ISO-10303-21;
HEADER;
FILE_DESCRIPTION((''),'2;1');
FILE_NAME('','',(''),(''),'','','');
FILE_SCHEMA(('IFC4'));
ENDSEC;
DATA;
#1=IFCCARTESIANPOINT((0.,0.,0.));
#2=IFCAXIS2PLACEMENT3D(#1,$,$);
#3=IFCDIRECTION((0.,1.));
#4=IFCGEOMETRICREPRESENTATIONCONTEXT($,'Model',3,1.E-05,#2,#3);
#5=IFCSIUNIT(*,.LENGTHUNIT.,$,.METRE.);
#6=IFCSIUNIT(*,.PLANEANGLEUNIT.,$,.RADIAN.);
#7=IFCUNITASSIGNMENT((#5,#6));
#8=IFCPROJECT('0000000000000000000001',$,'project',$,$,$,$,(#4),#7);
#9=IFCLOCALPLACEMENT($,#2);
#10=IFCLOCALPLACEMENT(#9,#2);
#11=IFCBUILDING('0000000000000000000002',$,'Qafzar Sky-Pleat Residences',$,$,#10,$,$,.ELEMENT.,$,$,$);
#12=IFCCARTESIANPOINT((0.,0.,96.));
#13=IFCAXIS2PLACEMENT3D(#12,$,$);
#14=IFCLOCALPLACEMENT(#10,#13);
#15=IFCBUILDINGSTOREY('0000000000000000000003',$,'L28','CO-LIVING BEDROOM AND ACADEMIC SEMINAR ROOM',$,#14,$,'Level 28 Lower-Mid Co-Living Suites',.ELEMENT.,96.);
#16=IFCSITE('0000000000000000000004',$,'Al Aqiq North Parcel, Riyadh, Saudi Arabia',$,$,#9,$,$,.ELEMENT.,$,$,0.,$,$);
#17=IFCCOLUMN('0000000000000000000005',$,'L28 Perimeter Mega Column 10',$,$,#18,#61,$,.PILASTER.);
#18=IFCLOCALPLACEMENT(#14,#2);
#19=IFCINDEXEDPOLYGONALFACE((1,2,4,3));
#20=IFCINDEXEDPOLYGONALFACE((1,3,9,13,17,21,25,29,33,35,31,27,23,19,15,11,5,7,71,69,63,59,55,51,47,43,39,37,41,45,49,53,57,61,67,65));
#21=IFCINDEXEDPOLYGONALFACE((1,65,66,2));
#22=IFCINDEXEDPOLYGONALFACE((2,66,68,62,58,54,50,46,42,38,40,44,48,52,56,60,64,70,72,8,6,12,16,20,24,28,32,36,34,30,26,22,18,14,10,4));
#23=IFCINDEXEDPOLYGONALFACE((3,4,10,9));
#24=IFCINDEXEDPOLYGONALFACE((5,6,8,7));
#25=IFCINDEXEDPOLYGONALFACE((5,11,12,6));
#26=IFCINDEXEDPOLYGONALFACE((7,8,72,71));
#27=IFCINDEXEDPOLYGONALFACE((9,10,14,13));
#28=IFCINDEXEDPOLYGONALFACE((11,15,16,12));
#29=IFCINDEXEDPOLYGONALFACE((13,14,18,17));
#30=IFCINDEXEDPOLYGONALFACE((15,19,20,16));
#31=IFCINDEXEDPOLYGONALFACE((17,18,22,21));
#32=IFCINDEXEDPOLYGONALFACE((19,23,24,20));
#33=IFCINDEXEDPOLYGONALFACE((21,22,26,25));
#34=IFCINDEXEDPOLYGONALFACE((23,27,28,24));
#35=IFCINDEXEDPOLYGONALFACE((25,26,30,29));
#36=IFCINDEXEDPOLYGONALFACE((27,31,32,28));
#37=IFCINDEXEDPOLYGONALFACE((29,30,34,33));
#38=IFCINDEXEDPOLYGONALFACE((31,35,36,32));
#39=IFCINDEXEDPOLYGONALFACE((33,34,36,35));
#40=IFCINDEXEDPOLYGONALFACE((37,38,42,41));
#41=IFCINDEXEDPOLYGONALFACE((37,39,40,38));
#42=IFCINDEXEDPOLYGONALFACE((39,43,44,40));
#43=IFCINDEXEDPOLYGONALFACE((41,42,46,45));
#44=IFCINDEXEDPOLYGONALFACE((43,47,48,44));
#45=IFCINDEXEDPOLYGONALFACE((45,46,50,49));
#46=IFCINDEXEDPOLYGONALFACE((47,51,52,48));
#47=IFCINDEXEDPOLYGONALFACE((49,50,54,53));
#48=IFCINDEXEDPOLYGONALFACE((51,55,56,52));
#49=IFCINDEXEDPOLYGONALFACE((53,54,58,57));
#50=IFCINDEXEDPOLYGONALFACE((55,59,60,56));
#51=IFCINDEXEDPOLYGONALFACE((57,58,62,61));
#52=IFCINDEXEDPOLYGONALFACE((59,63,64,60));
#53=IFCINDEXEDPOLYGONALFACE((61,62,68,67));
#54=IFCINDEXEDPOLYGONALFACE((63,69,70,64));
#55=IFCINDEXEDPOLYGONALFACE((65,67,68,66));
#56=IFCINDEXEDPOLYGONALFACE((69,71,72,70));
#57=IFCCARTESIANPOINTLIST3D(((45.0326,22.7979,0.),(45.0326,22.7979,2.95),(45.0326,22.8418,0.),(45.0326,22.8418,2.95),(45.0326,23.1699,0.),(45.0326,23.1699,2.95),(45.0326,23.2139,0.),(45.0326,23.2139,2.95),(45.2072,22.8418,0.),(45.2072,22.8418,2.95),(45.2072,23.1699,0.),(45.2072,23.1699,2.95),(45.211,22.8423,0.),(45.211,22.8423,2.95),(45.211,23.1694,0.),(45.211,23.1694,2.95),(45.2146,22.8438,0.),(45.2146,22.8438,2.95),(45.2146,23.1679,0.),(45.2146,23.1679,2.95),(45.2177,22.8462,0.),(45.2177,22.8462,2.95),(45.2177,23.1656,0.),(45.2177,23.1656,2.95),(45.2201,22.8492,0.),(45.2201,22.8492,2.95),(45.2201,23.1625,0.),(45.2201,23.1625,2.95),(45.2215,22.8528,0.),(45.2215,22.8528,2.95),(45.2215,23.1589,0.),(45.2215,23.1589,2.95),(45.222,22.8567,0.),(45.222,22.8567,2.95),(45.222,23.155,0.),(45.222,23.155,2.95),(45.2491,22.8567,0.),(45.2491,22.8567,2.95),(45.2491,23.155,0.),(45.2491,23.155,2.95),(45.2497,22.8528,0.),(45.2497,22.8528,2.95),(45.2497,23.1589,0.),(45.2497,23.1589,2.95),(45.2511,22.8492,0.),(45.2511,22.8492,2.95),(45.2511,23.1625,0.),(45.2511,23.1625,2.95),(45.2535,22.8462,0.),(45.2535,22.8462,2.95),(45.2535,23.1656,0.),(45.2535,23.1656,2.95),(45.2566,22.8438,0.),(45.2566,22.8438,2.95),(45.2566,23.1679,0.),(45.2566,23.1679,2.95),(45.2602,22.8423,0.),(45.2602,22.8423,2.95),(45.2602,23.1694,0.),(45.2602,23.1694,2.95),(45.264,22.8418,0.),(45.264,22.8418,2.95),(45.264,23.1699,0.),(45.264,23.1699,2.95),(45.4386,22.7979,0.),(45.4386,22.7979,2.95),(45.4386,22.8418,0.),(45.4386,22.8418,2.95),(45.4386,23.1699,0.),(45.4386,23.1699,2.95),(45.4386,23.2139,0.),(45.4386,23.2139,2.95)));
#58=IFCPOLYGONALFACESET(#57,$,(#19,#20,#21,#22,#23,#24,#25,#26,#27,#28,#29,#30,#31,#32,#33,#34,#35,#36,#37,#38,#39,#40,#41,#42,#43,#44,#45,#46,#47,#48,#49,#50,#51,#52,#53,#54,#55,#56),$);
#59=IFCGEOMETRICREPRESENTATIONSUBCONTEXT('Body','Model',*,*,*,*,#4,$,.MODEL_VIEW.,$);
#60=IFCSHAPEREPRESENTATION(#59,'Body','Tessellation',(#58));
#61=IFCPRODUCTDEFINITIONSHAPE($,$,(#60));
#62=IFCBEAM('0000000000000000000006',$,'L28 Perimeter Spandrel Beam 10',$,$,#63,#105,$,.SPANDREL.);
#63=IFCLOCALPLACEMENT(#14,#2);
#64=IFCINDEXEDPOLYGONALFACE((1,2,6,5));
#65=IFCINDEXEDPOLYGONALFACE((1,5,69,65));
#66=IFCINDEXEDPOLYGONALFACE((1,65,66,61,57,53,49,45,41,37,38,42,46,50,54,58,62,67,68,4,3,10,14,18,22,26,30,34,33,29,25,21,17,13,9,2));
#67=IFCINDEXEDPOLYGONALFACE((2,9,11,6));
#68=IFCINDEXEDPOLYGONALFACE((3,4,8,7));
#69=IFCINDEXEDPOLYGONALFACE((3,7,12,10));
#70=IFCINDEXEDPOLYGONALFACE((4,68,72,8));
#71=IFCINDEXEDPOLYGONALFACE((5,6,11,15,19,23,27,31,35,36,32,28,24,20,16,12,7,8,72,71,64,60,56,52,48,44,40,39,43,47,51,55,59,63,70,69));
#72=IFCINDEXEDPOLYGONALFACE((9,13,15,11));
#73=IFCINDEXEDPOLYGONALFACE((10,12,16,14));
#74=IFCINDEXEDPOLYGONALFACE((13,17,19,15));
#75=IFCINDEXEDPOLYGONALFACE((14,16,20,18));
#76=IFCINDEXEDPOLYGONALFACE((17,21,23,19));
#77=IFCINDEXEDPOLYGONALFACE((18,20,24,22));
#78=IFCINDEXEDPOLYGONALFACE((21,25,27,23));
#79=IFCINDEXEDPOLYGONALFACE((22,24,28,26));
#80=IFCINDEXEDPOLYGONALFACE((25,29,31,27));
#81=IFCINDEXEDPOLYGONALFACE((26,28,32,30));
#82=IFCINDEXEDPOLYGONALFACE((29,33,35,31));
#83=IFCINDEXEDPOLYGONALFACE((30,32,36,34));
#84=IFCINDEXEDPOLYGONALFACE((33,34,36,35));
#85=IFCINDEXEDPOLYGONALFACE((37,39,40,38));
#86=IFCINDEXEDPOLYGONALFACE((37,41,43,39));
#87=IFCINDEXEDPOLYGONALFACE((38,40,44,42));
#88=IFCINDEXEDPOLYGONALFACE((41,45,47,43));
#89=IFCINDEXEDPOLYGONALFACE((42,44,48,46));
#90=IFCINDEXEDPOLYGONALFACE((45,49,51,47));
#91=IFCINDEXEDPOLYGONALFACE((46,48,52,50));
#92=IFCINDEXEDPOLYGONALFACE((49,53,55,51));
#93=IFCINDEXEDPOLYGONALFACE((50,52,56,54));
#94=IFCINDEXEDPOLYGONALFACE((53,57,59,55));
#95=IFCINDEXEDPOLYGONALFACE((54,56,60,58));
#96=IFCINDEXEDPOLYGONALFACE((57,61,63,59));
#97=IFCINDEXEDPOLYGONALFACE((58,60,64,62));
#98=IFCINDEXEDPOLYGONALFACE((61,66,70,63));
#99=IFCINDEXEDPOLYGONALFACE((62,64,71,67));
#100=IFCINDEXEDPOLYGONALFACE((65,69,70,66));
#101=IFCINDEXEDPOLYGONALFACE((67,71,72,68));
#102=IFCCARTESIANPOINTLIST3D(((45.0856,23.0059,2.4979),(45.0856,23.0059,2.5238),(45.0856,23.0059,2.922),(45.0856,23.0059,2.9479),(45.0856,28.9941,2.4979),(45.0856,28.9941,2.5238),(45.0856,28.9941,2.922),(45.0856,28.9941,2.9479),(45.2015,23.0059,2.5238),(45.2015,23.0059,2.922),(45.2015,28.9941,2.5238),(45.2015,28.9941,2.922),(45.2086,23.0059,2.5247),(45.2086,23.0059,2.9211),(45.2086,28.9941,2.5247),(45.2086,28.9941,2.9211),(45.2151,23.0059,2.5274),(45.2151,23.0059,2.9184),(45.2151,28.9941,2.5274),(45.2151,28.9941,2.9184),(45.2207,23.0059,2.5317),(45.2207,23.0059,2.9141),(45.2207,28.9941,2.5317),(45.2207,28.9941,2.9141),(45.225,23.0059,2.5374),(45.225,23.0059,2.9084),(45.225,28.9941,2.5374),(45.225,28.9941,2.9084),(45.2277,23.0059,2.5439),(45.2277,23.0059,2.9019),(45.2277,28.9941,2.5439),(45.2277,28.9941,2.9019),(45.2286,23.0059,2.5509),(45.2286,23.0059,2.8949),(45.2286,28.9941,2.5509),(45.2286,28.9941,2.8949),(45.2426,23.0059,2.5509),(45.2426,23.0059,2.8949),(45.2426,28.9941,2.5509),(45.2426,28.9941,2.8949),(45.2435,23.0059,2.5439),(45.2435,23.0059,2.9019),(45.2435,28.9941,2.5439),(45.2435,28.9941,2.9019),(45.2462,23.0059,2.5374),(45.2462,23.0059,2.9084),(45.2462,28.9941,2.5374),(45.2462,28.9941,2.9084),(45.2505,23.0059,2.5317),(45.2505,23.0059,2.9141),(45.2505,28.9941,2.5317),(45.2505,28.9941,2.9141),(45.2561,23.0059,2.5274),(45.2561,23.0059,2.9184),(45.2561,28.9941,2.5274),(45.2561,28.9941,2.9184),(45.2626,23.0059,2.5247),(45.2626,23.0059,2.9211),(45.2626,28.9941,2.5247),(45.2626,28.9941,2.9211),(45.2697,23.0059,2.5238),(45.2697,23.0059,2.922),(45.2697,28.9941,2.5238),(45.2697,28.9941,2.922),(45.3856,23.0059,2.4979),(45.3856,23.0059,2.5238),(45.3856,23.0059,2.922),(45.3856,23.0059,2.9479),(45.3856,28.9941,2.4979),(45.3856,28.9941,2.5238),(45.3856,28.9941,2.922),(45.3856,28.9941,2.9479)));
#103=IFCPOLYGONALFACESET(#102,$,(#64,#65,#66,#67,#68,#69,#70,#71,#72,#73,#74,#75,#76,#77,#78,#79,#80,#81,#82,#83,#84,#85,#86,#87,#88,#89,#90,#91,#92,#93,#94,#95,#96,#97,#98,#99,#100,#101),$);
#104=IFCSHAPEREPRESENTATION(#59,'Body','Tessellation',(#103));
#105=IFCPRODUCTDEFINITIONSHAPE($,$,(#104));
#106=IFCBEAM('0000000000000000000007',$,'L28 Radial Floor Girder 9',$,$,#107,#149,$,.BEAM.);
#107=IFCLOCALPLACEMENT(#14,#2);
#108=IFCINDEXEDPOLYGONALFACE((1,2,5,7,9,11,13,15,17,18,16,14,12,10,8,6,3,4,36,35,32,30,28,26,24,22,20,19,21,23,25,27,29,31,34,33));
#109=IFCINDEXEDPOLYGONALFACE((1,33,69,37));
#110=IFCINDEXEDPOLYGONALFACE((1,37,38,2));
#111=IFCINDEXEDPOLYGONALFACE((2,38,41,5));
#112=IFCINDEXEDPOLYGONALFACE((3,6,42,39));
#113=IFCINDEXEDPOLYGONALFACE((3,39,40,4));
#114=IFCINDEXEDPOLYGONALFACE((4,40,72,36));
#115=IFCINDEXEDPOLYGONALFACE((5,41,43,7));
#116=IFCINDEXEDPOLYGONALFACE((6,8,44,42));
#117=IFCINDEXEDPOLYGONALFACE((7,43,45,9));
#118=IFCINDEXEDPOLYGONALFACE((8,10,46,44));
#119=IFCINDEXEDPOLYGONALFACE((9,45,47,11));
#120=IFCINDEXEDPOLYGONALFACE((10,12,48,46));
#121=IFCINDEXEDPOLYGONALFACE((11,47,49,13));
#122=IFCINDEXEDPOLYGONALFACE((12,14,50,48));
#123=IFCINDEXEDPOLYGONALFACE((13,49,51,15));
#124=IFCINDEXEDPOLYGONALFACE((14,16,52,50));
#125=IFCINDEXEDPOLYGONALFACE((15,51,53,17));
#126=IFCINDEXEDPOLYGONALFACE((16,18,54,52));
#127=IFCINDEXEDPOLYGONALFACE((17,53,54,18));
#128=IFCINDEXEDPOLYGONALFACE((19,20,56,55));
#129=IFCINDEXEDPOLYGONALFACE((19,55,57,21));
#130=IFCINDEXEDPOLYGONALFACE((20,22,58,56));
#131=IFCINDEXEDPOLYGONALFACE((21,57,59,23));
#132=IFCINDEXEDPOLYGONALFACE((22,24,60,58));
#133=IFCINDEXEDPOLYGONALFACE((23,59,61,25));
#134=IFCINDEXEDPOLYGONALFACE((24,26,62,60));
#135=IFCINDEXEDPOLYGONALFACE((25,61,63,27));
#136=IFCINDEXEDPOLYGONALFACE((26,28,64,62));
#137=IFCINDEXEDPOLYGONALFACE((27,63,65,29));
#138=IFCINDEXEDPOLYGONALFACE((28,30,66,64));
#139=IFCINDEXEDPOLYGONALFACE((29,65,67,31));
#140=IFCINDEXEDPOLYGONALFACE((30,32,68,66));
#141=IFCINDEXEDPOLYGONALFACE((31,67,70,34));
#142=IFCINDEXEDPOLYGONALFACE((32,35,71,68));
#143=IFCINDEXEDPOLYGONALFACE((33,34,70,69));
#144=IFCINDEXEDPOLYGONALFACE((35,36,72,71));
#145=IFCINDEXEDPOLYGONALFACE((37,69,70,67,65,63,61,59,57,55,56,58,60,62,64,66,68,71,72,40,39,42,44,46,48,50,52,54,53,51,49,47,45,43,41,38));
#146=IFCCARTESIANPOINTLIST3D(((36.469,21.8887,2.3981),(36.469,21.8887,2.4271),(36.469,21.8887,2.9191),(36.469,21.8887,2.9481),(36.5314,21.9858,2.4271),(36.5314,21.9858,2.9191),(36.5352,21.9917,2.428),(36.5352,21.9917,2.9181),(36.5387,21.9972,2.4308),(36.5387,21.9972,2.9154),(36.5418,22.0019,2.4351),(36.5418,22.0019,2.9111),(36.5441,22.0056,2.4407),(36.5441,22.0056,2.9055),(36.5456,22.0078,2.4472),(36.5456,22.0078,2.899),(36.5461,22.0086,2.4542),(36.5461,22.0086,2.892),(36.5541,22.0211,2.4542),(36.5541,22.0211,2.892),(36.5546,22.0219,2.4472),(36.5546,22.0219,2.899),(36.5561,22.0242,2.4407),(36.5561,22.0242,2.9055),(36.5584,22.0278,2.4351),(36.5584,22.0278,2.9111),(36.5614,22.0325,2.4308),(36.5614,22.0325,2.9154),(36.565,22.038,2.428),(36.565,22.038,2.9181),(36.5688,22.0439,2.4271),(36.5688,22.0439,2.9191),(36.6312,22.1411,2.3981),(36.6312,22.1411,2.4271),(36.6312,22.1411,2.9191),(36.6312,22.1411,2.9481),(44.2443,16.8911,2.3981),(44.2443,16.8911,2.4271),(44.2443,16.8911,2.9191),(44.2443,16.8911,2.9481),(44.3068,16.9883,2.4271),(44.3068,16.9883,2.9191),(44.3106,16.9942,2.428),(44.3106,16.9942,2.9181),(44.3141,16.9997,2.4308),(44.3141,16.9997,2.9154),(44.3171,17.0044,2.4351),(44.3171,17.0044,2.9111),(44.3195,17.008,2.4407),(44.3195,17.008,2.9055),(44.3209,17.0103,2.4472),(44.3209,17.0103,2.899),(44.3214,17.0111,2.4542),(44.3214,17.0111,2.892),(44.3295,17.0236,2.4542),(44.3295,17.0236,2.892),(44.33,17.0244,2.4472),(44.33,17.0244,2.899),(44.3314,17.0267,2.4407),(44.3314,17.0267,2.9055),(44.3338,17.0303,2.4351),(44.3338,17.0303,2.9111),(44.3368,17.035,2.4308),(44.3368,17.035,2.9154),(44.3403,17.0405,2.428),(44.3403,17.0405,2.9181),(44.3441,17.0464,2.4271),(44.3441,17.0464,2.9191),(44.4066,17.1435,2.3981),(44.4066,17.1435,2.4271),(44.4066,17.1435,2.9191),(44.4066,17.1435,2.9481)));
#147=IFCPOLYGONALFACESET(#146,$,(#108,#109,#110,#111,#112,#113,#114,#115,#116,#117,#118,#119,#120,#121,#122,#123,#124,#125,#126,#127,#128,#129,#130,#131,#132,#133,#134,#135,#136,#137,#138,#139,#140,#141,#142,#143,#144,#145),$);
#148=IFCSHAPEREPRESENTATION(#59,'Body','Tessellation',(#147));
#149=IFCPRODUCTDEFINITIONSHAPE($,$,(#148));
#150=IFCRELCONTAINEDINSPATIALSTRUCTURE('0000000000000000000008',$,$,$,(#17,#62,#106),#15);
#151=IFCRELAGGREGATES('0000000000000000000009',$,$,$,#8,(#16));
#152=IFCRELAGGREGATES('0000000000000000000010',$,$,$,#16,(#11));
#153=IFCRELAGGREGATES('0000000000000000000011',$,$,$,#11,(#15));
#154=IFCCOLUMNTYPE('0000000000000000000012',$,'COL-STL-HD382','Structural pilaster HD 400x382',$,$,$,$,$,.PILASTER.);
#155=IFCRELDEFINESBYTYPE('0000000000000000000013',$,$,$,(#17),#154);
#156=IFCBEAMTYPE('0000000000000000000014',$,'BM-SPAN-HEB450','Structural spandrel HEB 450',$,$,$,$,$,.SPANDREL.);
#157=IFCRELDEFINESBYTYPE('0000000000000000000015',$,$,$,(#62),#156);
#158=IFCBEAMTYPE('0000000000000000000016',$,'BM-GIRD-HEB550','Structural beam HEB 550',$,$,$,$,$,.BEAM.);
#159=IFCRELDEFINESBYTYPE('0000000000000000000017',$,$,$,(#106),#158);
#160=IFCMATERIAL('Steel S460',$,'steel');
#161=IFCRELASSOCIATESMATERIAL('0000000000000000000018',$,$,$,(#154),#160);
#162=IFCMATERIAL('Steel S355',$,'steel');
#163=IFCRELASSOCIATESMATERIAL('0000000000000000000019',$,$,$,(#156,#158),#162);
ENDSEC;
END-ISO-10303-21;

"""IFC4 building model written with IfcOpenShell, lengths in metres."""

from ifc_helpers import new_model, si_unit, direction, frame, origin, origin_2d, place, context, subcontext, project, spatial, i_section, extrude, source, transform, mapped, material, material_profile, profile_set, type_object, element, save


model = new_model("IFC4")

# Units and contexts
model_context = context("Model", 3, precision=1e-05, world=origin(), true_north=direction((0.0, 1.0)))
body_context = subcontext(model_context, "Body", "Model", "MODEL_VIEW")
ifc_project = project(units=[si_unit("LENGTHUNIT", "METRE"), si_unit("PLANEANGLEUNIT", "RADIAN")], contexts=[model_context])

# Site, building, storey
site_placement = place(None, origin())
site = spatial("IfcSite", under=ifc_project, at=site_placement, Name="Al Aqiq North Parcel, Riyadh, Saudi Arabia", CompositionType="ELEMENT", RefElevation=0.0)
building_placement = place(site_placement, origin())
building = spatial("IfcBuilding", under=site, at=building_placement, Name="Qafzar Sky-Pleat Residences", CompositionType="ELEMENT")
storey_placement = place(building_placement, frame((0.0, 0.0, 96.0)))
storey = spatial("IfcBuildingStorey", under=building, at=storey_placement, Name="L28", Description="CO-LIVING BEDROOM AND ACADEMIC SEMINAR ROOM", LongName="Level 28 Lower-Mid Co-Living Suites", CompositionType="ELEMENT", Elevation=96.0)

# Column
ifc_material_1 = material(Name="Steel S460", Category="steel")
ifc_material_profile_1 = material_profile(ifc_material_1, i_section(OverallWidth=0.406, OverallDepth=0.416, WebThickness=0.0271, FlangeThickness=0.0439, FilletRadius=0.0149, at=origin_2d()), Name="HD 400x382")
ifc_profile_set_1 = profile_set([ifc_material_profile_1], Name="Steel S460")
column_type = type_object("IfcColumnType", Name="COL-STL-HD382", Description="Structural pilaster HD 400x382", PredefinedType="PILASTER", material=ifc_profile_set_1)
shared_shape_1 = source(origin(), body_context, "Body", "SweptSolid", [
    extrude(i_section(OverallWidth=0.406, OverallDepth=0.416, WebThickness=0.0271, FlangeThickness=0.0439, FilletRadius=0.0149, at=origin_2d()), origin(), (0.0, 0.0, 1.0), 2.95),
])
column_placement = place(storey_placement, frame((45.2356, 23.0059, 0.0), z_axis=(0.0, 0.0, 1.0), x_axis=(1.0, 0.0, 0.0)))
element("IfcColumn", 1, at=column_placement, inside=storey, type_object=column_type, Name="L28 Perimeter Mega Column 10", PredefinedType="PILASTER", context=body_context, shape_type="MappedRepresentation", body=[
    mapped(shared_shape_1, transform((0.0, 0.0, 0.0), x_axis=(1.0, 0.0, 0.0), y_axis=(0.0, 1.0, 0.0), z_axis=(0.0, 0.0, 1.0), scale=1.0)),
])

# Beams
ifc_material_2 = material(Name="Steel S355", Category="steel")
ifc_material_profile_2 = material_profile(ifc_material_2, i_section(OverallWidth=0.3, OverallDepth=0.45, WebThickness=0.0139, FlangeThickness=0.0259, FilletRadius=0.0271, at=origin_2d()), Name="HEB 450")
ifc_profile_set_2 = profile_set([ifc_material_profile_2], Name="Steel S355")
beam_type_1 = type_object("IfcBeamType", Name="BM-SPAN-HEB450", Description="Structural spandrel HEB 450", PredefinedType="SPANDREL", material=ifc_profile_set_2)
shared_shape_2 = source(origin(), body_context, "Body", "SweptSolid", [
    extrude(i_section(OverallWidth=0.3, OverallDepth=0.45, WebThickness=0.0139, FlangeThickness=0.0259, FilletRadius=0.0271, at=origin_2d()), origin(), (0.0, 0.0, 1.0), 5.9883),
])
beam_1_placement = place(storey_placement, frame((45.2356, 23.0059, 2.7229), z_axis=(0.0, 1.0, 0.0), x_axis=(-1.0, 0.0, 0.0)))
element("IfcBeam", 2, at=beam_1_placement, inside=storey, type_object=beam_type_1, Name="L28 Perimeter Spandrel Beam 10", PredefinedType="SPANDREL", context=body_context, shape_type="MappedRepresentation", body=[
    mapped(shared_shape_2, transform((0.0, 0.0, 0.0), x_axis=(1.0, 0.0, 0.0), y_axis=(0.0, 1.0, 0.0), z_axis=(0.0, 0.0, 1.0), scale=1.0)),
])
ifc_material_profile_3 = material_profile(ifc_material_2, i_section(OverallWidth=0.3, OverallDepth=0.55, WebThickness=0.0149, FlangeThickness=0.0291, FilletRadius=0.0271, at=origin_2d()), Name="HEB 550")
ifc_profile_set_3 = profile_set([ifc_material_profile_3], Name="Steel S355")
beam_type_2 = type_object("IfcBeamType", Name="BM-GIRD-HEB550", Description="Structural beam HEB 550", PredefinedType="BEAM", material=ifc_profile_set_3)
shared_shape_3 = source(origin(), body_context, "Body", "SweptSolid", [
    extrude(i_section(OverallWidth=0.3, OverallDepth=0.55, WebThickness=0.0149, FlangeThickness=0.0291, FilletRadius=0.0271, at=origin_2d()), origin(), (0.0, 0.0, 1.0), 9.2429),
])
beam_2_placement = place(storey_placement, frame((44.3254, 17.0173, 2.6731), z_axis=(-0.841223, 0.540688, 0.0), x_axis=(-0.540688, -0.841223, 0.0)))
element("IfcBeam", 3, at=beam_2_placement, inside=storey, type_object=beam_type_2, Name="L28 Radial Floor Girder 9", PredefinedType="BEAM", context=body_context, shape_type="MappedRepresentation", body=[
    mapped(shared_shape_3, transform((0.0, 0.0, 0.0), x_axis=(1.0, 0.0, 0.0), y_axis=(0.0, 1.0, 0.0), z_axis=(0.0, 0.0, 1.0), scale=1.0)),
])

save(model, "model.ifc")
